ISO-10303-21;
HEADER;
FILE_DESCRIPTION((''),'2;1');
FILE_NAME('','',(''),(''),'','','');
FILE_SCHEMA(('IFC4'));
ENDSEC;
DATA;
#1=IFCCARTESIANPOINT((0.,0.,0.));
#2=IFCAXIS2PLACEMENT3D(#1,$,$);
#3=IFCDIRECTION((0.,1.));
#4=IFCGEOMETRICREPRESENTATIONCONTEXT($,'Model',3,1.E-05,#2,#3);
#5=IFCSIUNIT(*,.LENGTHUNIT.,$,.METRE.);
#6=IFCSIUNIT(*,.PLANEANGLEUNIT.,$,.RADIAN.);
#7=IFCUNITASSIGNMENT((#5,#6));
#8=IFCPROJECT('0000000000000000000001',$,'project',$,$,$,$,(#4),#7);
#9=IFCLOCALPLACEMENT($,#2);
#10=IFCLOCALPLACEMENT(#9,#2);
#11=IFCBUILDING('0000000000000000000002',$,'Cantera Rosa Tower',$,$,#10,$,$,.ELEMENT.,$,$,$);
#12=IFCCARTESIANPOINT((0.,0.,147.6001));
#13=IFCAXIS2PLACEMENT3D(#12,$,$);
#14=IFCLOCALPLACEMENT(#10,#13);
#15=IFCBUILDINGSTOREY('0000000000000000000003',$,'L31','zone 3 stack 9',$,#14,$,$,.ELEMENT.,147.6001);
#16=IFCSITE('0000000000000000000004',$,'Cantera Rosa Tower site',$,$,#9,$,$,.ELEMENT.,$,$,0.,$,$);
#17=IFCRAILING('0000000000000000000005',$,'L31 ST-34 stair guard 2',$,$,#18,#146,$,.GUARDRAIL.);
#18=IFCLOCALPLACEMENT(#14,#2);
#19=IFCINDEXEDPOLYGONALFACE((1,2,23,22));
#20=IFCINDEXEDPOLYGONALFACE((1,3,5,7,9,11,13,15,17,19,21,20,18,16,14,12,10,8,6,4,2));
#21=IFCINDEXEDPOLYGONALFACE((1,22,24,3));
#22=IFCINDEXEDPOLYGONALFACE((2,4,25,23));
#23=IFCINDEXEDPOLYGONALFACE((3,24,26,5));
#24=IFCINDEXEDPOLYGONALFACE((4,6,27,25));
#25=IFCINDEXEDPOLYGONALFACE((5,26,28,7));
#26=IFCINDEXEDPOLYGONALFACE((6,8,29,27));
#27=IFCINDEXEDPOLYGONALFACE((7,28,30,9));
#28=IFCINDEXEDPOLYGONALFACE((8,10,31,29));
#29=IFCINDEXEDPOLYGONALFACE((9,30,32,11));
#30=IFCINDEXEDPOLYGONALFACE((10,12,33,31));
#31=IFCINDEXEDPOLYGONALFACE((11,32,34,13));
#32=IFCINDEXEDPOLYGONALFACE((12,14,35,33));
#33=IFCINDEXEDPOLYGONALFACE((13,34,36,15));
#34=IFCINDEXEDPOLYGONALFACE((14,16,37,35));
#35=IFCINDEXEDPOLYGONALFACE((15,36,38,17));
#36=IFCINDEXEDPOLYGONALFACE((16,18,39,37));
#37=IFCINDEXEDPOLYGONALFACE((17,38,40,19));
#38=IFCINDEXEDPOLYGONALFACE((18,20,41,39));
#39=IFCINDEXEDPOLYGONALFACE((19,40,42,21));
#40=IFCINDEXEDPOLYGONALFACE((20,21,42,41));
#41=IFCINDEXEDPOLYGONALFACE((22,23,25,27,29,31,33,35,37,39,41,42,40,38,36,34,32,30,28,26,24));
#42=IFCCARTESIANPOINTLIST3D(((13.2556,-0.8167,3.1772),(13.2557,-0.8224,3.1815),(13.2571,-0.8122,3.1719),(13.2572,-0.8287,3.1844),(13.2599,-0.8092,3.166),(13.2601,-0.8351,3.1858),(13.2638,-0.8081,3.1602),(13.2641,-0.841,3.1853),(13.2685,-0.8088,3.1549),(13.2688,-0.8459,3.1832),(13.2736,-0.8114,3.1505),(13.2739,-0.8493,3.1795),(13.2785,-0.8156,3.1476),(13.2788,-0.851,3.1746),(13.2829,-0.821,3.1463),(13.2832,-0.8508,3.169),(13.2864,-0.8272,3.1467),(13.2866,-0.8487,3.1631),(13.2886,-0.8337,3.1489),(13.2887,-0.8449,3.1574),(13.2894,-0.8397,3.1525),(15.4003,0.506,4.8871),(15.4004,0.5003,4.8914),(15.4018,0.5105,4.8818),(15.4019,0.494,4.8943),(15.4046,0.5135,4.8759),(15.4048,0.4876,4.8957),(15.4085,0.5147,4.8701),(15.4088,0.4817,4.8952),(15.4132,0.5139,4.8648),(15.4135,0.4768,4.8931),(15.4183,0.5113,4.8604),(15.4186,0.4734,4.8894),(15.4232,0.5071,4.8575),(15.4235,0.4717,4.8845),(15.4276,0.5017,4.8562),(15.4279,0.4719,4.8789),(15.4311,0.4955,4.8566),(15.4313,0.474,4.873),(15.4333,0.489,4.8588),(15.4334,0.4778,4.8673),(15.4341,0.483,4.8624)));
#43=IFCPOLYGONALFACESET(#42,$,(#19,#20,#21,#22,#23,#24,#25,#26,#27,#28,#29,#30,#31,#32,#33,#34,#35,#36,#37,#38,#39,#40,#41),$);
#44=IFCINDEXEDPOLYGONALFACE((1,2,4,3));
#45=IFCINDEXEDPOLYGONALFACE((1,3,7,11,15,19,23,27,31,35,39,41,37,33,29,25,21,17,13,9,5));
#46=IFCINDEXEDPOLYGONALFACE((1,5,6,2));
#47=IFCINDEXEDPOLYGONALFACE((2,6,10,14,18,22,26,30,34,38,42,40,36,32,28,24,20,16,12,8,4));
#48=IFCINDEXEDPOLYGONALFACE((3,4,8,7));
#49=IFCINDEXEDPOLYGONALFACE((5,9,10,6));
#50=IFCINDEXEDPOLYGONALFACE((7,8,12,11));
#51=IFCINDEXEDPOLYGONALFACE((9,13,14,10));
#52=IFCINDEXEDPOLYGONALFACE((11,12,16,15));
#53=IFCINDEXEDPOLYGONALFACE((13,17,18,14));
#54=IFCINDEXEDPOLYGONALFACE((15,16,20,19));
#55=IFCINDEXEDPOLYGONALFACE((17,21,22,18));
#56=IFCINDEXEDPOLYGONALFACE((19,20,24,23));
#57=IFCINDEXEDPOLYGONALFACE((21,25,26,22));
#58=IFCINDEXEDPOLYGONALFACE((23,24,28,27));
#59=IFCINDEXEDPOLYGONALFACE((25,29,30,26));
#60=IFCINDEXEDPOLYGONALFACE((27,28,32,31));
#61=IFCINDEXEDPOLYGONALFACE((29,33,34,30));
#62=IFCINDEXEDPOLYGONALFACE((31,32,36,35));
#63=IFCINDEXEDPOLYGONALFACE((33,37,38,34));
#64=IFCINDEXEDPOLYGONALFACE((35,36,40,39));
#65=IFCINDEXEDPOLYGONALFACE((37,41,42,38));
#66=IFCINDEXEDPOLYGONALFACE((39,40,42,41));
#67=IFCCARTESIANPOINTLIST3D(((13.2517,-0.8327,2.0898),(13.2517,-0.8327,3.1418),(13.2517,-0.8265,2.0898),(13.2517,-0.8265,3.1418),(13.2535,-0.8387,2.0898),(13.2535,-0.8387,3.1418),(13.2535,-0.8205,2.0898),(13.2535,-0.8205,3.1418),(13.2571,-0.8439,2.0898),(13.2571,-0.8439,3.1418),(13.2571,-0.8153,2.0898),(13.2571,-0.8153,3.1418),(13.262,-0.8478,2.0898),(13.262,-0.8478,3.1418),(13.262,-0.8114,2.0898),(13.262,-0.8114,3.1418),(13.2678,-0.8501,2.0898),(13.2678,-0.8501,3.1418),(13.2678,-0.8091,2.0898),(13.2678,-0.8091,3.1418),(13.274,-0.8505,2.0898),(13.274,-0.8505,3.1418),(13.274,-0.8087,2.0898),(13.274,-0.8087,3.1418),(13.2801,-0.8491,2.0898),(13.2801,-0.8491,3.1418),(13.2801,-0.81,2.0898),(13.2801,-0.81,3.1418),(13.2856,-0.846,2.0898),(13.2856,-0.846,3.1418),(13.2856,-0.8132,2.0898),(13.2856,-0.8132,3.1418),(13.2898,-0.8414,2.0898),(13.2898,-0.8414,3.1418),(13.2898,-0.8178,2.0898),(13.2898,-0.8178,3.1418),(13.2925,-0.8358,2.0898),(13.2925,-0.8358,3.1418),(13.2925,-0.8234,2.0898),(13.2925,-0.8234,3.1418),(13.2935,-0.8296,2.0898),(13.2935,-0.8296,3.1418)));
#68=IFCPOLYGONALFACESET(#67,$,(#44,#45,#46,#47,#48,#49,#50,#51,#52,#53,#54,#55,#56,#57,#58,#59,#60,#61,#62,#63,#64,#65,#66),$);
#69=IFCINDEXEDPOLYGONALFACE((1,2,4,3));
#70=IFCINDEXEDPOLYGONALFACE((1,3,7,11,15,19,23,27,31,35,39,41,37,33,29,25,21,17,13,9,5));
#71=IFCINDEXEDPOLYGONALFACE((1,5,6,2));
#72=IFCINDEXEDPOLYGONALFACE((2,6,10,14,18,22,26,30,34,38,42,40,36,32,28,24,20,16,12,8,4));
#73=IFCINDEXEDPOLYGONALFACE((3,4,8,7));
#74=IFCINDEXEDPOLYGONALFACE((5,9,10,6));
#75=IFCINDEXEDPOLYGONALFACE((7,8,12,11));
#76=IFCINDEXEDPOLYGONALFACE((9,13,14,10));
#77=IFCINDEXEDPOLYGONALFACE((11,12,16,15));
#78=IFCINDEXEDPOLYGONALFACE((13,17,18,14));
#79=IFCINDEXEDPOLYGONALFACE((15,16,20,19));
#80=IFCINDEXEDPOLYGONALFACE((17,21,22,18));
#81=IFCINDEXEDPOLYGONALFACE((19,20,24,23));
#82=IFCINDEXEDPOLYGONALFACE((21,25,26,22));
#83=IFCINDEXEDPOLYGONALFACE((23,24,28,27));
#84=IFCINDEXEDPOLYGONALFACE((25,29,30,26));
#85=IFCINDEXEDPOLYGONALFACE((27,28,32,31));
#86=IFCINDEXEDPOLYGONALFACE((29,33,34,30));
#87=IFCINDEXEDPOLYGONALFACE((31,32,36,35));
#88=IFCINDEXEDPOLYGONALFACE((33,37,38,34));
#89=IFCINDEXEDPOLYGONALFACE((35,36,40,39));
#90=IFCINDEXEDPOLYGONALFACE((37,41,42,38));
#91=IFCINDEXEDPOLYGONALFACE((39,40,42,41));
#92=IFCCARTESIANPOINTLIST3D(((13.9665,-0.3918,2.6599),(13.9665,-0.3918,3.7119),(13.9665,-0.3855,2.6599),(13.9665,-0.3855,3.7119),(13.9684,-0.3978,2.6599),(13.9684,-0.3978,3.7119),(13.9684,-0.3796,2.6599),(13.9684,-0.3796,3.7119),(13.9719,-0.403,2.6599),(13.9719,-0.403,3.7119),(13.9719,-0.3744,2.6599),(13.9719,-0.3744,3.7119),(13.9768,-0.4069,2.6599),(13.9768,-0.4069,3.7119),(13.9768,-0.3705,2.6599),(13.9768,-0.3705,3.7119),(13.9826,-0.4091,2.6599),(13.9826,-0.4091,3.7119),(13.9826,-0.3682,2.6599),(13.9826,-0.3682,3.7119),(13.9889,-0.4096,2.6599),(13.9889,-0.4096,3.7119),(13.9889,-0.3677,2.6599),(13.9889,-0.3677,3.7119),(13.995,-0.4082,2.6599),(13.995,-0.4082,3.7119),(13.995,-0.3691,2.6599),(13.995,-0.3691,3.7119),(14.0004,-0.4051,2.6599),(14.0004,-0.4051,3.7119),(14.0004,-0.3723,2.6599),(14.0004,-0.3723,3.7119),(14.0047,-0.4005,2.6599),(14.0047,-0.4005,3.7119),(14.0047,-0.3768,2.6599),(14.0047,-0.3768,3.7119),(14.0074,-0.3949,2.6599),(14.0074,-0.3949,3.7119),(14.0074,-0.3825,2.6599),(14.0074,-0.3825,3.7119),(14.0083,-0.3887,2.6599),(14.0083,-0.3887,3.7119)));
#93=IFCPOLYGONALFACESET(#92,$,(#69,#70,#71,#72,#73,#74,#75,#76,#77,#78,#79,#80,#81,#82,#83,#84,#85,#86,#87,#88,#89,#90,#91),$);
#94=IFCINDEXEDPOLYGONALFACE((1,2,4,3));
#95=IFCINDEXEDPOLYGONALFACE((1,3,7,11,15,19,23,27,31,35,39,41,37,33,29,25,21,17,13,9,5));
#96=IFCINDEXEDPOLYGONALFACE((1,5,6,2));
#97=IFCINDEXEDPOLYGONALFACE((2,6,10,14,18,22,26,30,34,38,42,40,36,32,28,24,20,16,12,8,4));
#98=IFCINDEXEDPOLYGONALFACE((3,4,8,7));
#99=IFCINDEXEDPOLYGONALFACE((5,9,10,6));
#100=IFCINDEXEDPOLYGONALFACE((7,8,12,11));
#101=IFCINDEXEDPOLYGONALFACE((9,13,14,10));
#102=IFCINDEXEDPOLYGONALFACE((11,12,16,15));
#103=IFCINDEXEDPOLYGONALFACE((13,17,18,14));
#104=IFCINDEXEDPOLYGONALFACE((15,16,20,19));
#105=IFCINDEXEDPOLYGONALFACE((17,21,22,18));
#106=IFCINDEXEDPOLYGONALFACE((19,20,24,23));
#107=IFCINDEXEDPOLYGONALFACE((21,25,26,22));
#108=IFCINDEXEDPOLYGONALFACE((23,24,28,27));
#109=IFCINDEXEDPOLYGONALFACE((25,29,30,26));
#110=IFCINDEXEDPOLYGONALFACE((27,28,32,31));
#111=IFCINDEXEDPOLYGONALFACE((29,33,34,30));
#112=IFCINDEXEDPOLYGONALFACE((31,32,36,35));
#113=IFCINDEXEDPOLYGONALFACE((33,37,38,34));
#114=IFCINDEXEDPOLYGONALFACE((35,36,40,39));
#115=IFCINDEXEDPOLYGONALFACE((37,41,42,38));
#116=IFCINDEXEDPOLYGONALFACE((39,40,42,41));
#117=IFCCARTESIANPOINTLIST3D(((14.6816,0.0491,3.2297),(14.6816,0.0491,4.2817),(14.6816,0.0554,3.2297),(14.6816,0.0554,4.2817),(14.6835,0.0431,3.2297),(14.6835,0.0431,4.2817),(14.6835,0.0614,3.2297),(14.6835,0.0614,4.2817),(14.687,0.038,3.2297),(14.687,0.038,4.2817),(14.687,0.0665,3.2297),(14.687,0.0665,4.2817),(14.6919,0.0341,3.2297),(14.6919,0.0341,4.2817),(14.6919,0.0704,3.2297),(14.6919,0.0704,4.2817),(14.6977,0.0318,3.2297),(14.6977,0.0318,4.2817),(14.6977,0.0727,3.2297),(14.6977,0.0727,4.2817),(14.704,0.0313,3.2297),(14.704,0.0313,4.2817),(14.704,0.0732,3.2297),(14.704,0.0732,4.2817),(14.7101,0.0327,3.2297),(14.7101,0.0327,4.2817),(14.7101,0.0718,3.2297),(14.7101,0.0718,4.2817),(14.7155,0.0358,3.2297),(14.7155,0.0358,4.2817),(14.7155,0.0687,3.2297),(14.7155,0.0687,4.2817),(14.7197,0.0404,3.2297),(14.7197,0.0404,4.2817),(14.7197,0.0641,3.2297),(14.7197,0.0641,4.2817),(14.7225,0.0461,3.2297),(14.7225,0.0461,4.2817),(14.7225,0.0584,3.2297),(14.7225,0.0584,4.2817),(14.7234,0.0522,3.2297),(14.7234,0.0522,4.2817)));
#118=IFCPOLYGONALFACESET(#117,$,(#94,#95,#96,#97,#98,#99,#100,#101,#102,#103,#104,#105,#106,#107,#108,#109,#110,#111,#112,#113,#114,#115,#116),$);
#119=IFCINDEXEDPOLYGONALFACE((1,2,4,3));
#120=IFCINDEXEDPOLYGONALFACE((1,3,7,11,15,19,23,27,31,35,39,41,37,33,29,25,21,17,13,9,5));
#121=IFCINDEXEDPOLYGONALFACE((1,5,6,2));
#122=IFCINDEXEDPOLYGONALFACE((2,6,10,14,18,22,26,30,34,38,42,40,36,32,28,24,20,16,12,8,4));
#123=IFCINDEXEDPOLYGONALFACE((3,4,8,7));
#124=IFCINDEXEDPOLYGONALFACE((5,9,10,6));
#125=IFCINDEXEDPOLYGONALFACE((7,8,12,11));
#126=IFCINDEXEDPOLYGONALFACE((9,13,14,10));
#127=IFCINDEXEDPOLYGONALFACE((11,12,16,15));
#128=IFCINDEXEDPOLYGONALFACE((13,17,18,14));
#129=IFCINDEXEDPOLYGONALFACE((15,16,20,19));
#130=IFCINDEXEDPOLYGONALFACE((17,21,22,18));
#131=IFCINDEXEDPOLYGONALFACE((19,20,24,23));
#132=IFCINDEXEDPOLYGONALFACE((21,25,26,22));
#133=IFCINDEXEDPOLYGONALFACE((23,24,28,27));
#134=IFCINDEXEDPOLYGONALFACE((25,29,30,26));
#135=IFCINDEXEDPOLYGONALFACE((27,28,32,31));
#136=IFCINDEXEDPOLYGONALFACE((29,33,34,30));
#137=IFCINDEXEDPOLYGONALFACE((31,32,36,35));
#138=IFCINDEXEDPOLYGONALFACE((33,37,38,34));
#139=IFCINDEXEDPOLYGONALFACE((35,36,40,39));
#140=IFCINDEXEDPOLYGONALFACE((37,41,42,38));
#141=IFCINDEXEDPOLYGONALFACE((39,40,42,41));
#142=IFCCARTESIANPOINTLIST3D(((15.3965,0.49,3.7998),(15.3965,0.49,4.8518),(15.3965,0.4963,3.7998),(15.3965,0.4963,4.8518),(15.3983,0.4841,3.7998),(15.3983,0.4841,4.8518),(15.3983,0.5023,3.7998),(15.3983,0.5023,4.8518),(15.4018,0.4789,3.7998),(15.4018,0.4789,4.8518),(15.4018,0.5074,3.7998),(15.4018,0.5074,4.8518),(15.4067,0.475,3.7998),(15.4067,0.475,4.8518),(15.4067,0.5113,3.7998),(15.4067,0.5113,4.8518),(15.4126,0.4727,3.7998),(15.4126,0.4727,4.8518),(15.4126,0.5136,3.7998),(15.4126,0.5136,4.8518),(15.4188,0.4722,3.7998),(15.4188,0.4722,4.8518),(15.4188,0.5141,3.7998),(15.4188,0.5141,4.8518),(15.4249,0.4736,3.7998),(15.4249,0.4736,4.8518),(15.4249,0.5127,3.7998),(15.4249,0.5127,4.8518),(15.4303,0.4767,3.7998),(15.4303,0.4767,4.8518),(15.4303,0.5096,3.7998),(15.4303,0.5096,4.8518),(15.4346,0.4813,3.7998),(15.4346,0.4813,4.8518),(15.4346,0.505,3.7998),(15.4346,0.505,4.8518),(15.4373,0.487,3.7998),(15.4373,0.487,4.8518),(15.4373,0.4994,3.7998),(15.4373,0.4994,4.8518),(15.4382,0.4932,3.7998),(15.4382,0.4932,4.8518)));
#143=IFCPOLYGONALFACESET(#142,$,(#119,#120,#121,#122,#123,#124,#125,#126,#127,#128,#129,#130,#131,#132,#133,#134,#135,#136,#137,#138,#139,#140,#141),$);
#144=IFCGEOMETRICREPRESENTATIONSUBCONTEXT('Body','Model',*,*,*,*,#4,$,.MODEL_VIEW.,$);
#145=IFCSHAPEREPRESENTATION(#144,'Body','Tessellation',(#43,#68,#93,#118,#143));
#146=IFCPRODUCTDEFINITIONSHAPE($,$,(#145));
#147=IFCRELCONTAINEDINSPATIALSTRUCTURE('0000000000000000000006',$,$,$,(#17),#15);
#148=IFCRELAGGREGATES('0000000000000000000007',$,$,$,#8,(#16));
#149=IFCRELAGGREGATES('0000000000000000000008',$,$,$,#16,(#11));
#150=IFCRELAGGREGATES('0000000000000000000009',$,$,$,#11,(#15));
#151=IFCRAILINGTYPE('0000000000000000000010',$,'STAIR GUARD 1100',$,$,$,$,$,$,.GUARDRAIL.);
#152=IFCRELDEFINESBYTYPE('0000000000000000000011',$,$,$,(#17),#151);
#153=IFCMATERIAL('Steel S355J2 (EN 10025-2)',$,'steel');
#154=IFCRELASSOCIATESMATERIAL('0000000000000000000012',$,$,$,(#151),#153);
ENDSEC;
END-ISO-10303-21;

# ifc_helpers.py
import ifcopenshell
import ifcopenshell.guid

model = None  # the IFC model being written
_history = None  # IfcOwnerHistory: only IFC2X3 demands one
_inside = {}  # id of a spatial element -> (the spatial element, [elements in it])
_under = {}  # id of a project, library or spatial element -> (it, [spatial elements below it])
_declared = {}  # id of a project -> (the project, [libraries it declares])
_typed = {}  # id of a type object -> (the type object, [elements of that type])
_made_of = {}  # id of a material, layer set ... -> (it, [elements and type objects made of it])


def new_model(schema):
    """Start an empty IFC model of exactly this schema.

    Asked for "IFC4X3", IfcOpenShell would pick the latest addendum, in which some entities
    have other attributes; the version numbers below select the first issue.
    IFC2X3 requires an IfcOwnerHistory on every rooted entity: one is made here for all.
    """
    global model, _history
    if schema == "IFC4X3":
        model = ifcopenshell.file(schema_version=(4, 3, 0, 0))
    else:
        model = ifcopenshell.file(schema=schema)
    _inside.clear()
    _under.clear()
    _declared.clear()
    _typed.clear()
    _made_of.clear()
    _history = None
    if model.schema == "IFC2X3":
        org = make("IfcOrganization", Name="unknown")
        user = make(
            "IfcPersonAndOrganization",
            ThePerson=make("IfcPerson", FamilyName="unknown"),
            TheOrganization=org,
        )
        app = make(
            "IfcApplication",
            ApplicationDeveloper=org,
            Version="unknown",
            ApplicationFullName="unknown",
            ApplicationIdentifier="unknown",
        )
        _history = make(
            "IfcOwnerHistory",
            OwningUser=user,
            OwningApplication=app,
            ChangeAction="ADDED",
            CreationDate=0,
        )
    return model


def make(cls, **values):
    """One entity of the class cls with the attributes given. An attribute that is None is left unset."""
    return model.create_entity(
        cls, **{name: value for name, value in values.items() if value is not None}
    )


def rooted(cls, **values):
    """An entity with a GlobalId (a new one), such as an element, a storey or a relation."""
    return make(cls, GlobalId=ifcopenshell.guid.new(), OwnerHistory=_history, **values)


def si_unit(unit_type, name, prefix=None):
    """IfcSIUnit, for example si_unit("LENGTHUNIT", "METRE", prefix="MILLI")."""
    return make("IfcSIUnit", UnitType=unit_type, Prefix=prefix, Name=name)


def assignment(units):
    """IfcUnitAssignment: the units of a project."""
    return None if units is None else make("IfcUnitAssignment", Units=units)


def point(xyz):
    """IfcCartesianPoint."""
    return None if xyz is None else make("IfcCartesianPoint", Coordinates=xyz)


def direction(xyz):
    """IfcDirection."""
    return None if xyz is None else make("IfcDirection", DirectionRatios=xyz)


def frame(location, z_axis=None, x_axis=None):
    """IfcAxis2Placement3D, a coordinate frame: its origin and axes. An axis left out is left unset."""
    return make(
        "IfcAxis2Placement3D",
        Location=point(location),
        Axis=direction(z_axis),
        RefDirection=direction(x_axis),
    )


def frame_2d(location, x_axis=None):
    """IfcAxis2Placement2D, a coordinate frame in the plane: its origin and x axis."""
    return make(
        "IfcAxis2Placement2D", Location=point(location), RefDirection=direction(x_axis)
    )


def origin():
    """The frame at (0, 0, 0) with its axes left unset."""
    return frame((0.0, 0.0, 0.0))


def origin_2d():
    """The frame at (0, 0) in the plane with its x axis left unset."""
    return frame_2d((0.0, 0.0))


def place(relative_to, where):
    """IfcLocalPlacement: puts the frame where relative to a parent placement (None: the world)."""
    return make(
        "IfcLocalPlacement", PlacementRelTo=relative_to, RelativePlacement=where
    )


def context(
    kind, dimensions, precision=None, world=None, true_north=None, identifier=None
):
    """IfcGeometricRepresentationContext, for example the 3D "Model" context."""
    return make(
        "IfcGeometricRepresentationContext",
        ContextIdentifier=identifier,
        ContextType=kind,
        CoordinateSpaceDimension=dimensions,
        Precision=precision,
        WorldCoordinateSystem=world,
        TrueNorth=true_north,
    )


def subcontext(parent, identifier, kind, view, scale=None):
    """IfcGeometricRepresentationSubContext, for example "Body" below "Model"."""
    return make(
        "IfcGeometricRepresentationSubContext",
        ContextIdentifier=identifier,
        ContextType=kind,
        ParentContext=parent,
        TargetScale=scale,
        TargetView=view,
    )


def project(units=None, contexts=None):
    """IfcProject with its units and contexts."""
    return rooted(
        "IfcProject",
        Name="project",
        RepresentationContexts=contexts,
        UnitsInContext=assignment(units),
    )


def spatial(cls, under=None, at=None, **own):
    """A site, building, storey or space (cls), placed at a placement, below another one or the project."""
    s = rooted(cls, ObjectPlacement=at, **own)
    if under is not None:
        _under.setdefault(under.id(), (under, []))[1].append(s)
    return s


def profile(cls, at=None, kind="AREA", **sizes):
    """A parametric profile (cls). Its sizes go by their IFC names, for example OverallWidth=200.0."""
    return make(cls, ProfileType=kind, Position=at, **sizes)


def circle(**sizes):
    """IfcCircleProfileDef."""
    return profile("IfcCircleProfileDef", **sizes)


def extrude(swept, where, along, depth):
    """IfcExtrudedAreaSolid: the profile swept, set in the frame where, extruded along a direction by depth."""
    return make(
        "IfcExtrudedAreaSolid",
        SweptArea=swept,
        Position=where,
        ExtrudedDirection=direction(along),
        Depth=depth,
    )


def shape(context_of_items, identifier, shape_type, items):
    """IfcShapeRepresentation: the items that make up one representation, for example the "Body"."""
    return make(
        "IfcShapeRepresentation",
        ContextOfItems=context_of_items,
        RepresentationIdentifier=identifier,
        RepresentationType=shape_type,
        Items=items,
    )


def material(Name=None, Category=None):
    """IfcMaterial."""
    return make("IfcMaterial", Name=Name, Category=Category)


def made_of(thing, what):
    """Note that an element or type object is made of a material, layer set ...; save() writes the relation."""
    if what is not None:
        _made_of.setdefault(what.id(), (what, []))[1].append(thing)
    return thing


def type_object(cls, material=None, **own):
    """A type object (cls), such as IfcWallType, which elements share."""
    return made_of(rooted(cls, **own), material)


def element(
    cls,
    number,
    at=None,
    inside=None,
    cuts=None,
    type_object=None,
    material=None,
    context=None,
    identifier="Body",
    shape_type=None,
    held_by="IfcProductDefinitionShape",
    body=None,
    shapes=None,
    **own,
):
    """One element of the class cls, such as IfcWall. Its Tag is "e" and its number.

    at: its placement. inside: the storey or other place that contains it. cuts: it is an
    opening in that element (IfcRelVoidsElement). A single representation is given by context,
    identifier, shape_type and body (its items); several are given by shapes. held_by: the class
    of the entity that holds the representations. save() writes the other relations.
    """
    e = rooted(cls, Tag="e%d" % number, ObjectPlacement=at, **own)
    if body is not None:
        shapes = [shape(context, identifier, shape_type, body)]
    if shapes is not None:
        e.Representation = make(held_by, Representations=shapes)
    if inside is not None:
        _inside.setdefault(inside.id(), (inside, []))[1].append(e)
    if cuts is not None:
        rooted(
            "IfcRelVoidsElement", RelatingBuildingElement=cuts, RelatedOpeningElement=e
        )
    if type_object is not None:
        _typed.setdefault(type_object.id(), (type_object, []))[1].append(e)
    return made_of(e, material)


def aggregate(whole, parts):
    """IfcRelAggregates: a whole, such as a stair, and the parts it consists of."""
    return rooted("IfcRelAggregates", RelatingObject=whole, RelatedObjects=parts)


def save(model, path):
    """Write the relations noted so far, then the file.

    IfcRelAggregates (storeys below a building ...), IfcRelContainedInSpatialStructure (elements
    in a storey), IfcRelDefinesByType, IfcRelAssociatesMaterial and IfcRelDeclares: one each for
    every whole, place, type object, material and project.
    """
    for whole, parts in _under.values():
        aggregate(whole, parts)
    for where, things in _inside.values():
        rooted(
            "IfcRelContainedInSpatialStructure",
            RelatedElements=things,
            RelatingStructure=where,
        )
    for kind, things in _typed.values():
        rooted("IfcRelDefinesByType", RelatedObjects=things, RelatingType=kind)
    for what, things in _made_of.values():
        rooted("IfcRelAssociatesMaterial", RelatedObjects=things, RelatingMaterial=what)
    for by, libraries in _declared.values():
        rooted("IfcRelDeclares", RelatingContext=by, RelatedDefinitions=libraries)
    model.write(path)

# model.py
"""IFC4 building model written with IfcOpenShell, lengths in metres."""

from ifc_helpers import new_model, si_unit, direction, frame, origin, origin_2d, place, context, subcontext, project, spatial, circle, extrude, material, type_object, element, save


model = new_model("IFC4")

# Units and contexts
model_context = context("Model", 3, precision=1e-05, world=origin(), true_north=direction((0.0, 1.0)))
body_context = subcontext(model_context, "Body", "Model", "MODEL_VIEW")
ifc_project = project(units=[si_unit("LENGTHUNIT", "METRE"), si_unit("PLANEANGLEUNIT", "RADIAN")], contexts=[model_context])

# Site, building, storey
site_placement = place(None, origin())
site = spatial("IfcSite", under=ifc_project, at=site_placement, Name="Cantera Rosa Tower site", CompositionType="ELEMENT", RefElevation=0.0)
building_placement = place(site_placement, origin())
building = spatial("IfcBuilding", under=site, at=building_placement, Name="Cantera Rosa Tower", CompositionType="ELEMENT")
storey_placement = place(building_placement, frame((0.0, 0.0, 147.6001)))
storey = spatial("IfcBuildingStorey", under=building, at=storey_placement, Name="L31", Description="zone 3 stack 9", CompositionType="ELEMENT", Elevation=147.6001)

# Railing
ifc_material_1 = material(Name="Steel S355J2 (EN 10025-2)", Category="steel")
railing_type_1 = type_object("IfcRailingType", Name="STAIR GUARD 1100", PredefinedType="GUARDRAIL", material=ifc_material_1)
railing_1_placement = place(storey_placement, frame((13.2725, -0.8296, 2.0898)))
element("IfcRailing", 1, at=railing_1_placement, inside=storey, type_object=railing_type_1, Name="L31 ST-34 stair guard 2", PredefinedType="GUARDRAIL", context=body_context, shape_type="SweptSolid", body=[
    extrude(circle(Radius=0.0239, at=origin_2d()), frame((0.0, 0.0, 1.0762), z_axis=(0.704296, 0.434363, 0.561513), x_axis=(-0.52493, 0.851146, 0.0)), (0.0, 0.0, 1.0), 3.0452),
    extrude(circle(Radius=0.021, at=origin_2d()), origin(), (0.0, 0.0, 1.0), 1.052),
    extrude(circle(Radius=0.021, at=origin_2d()), frame((0.7148, 0.4409, 0.5701)), (0.0, 0.0, 1.0), 1.052),
    extrude(circle(Radius=0.021, at=origin_2d()), frame((1.4299, 0.8818, 1.1399)), (0.0, 0.0, 1.0), 1.052),
    extrude(circle(Radius=0.021, at=origin_2d()), frame((2.1448, 1.3228, 1.71)), (0.0, 0.0, 1.0), 1.052),
])

save(model, "model.ifc")
